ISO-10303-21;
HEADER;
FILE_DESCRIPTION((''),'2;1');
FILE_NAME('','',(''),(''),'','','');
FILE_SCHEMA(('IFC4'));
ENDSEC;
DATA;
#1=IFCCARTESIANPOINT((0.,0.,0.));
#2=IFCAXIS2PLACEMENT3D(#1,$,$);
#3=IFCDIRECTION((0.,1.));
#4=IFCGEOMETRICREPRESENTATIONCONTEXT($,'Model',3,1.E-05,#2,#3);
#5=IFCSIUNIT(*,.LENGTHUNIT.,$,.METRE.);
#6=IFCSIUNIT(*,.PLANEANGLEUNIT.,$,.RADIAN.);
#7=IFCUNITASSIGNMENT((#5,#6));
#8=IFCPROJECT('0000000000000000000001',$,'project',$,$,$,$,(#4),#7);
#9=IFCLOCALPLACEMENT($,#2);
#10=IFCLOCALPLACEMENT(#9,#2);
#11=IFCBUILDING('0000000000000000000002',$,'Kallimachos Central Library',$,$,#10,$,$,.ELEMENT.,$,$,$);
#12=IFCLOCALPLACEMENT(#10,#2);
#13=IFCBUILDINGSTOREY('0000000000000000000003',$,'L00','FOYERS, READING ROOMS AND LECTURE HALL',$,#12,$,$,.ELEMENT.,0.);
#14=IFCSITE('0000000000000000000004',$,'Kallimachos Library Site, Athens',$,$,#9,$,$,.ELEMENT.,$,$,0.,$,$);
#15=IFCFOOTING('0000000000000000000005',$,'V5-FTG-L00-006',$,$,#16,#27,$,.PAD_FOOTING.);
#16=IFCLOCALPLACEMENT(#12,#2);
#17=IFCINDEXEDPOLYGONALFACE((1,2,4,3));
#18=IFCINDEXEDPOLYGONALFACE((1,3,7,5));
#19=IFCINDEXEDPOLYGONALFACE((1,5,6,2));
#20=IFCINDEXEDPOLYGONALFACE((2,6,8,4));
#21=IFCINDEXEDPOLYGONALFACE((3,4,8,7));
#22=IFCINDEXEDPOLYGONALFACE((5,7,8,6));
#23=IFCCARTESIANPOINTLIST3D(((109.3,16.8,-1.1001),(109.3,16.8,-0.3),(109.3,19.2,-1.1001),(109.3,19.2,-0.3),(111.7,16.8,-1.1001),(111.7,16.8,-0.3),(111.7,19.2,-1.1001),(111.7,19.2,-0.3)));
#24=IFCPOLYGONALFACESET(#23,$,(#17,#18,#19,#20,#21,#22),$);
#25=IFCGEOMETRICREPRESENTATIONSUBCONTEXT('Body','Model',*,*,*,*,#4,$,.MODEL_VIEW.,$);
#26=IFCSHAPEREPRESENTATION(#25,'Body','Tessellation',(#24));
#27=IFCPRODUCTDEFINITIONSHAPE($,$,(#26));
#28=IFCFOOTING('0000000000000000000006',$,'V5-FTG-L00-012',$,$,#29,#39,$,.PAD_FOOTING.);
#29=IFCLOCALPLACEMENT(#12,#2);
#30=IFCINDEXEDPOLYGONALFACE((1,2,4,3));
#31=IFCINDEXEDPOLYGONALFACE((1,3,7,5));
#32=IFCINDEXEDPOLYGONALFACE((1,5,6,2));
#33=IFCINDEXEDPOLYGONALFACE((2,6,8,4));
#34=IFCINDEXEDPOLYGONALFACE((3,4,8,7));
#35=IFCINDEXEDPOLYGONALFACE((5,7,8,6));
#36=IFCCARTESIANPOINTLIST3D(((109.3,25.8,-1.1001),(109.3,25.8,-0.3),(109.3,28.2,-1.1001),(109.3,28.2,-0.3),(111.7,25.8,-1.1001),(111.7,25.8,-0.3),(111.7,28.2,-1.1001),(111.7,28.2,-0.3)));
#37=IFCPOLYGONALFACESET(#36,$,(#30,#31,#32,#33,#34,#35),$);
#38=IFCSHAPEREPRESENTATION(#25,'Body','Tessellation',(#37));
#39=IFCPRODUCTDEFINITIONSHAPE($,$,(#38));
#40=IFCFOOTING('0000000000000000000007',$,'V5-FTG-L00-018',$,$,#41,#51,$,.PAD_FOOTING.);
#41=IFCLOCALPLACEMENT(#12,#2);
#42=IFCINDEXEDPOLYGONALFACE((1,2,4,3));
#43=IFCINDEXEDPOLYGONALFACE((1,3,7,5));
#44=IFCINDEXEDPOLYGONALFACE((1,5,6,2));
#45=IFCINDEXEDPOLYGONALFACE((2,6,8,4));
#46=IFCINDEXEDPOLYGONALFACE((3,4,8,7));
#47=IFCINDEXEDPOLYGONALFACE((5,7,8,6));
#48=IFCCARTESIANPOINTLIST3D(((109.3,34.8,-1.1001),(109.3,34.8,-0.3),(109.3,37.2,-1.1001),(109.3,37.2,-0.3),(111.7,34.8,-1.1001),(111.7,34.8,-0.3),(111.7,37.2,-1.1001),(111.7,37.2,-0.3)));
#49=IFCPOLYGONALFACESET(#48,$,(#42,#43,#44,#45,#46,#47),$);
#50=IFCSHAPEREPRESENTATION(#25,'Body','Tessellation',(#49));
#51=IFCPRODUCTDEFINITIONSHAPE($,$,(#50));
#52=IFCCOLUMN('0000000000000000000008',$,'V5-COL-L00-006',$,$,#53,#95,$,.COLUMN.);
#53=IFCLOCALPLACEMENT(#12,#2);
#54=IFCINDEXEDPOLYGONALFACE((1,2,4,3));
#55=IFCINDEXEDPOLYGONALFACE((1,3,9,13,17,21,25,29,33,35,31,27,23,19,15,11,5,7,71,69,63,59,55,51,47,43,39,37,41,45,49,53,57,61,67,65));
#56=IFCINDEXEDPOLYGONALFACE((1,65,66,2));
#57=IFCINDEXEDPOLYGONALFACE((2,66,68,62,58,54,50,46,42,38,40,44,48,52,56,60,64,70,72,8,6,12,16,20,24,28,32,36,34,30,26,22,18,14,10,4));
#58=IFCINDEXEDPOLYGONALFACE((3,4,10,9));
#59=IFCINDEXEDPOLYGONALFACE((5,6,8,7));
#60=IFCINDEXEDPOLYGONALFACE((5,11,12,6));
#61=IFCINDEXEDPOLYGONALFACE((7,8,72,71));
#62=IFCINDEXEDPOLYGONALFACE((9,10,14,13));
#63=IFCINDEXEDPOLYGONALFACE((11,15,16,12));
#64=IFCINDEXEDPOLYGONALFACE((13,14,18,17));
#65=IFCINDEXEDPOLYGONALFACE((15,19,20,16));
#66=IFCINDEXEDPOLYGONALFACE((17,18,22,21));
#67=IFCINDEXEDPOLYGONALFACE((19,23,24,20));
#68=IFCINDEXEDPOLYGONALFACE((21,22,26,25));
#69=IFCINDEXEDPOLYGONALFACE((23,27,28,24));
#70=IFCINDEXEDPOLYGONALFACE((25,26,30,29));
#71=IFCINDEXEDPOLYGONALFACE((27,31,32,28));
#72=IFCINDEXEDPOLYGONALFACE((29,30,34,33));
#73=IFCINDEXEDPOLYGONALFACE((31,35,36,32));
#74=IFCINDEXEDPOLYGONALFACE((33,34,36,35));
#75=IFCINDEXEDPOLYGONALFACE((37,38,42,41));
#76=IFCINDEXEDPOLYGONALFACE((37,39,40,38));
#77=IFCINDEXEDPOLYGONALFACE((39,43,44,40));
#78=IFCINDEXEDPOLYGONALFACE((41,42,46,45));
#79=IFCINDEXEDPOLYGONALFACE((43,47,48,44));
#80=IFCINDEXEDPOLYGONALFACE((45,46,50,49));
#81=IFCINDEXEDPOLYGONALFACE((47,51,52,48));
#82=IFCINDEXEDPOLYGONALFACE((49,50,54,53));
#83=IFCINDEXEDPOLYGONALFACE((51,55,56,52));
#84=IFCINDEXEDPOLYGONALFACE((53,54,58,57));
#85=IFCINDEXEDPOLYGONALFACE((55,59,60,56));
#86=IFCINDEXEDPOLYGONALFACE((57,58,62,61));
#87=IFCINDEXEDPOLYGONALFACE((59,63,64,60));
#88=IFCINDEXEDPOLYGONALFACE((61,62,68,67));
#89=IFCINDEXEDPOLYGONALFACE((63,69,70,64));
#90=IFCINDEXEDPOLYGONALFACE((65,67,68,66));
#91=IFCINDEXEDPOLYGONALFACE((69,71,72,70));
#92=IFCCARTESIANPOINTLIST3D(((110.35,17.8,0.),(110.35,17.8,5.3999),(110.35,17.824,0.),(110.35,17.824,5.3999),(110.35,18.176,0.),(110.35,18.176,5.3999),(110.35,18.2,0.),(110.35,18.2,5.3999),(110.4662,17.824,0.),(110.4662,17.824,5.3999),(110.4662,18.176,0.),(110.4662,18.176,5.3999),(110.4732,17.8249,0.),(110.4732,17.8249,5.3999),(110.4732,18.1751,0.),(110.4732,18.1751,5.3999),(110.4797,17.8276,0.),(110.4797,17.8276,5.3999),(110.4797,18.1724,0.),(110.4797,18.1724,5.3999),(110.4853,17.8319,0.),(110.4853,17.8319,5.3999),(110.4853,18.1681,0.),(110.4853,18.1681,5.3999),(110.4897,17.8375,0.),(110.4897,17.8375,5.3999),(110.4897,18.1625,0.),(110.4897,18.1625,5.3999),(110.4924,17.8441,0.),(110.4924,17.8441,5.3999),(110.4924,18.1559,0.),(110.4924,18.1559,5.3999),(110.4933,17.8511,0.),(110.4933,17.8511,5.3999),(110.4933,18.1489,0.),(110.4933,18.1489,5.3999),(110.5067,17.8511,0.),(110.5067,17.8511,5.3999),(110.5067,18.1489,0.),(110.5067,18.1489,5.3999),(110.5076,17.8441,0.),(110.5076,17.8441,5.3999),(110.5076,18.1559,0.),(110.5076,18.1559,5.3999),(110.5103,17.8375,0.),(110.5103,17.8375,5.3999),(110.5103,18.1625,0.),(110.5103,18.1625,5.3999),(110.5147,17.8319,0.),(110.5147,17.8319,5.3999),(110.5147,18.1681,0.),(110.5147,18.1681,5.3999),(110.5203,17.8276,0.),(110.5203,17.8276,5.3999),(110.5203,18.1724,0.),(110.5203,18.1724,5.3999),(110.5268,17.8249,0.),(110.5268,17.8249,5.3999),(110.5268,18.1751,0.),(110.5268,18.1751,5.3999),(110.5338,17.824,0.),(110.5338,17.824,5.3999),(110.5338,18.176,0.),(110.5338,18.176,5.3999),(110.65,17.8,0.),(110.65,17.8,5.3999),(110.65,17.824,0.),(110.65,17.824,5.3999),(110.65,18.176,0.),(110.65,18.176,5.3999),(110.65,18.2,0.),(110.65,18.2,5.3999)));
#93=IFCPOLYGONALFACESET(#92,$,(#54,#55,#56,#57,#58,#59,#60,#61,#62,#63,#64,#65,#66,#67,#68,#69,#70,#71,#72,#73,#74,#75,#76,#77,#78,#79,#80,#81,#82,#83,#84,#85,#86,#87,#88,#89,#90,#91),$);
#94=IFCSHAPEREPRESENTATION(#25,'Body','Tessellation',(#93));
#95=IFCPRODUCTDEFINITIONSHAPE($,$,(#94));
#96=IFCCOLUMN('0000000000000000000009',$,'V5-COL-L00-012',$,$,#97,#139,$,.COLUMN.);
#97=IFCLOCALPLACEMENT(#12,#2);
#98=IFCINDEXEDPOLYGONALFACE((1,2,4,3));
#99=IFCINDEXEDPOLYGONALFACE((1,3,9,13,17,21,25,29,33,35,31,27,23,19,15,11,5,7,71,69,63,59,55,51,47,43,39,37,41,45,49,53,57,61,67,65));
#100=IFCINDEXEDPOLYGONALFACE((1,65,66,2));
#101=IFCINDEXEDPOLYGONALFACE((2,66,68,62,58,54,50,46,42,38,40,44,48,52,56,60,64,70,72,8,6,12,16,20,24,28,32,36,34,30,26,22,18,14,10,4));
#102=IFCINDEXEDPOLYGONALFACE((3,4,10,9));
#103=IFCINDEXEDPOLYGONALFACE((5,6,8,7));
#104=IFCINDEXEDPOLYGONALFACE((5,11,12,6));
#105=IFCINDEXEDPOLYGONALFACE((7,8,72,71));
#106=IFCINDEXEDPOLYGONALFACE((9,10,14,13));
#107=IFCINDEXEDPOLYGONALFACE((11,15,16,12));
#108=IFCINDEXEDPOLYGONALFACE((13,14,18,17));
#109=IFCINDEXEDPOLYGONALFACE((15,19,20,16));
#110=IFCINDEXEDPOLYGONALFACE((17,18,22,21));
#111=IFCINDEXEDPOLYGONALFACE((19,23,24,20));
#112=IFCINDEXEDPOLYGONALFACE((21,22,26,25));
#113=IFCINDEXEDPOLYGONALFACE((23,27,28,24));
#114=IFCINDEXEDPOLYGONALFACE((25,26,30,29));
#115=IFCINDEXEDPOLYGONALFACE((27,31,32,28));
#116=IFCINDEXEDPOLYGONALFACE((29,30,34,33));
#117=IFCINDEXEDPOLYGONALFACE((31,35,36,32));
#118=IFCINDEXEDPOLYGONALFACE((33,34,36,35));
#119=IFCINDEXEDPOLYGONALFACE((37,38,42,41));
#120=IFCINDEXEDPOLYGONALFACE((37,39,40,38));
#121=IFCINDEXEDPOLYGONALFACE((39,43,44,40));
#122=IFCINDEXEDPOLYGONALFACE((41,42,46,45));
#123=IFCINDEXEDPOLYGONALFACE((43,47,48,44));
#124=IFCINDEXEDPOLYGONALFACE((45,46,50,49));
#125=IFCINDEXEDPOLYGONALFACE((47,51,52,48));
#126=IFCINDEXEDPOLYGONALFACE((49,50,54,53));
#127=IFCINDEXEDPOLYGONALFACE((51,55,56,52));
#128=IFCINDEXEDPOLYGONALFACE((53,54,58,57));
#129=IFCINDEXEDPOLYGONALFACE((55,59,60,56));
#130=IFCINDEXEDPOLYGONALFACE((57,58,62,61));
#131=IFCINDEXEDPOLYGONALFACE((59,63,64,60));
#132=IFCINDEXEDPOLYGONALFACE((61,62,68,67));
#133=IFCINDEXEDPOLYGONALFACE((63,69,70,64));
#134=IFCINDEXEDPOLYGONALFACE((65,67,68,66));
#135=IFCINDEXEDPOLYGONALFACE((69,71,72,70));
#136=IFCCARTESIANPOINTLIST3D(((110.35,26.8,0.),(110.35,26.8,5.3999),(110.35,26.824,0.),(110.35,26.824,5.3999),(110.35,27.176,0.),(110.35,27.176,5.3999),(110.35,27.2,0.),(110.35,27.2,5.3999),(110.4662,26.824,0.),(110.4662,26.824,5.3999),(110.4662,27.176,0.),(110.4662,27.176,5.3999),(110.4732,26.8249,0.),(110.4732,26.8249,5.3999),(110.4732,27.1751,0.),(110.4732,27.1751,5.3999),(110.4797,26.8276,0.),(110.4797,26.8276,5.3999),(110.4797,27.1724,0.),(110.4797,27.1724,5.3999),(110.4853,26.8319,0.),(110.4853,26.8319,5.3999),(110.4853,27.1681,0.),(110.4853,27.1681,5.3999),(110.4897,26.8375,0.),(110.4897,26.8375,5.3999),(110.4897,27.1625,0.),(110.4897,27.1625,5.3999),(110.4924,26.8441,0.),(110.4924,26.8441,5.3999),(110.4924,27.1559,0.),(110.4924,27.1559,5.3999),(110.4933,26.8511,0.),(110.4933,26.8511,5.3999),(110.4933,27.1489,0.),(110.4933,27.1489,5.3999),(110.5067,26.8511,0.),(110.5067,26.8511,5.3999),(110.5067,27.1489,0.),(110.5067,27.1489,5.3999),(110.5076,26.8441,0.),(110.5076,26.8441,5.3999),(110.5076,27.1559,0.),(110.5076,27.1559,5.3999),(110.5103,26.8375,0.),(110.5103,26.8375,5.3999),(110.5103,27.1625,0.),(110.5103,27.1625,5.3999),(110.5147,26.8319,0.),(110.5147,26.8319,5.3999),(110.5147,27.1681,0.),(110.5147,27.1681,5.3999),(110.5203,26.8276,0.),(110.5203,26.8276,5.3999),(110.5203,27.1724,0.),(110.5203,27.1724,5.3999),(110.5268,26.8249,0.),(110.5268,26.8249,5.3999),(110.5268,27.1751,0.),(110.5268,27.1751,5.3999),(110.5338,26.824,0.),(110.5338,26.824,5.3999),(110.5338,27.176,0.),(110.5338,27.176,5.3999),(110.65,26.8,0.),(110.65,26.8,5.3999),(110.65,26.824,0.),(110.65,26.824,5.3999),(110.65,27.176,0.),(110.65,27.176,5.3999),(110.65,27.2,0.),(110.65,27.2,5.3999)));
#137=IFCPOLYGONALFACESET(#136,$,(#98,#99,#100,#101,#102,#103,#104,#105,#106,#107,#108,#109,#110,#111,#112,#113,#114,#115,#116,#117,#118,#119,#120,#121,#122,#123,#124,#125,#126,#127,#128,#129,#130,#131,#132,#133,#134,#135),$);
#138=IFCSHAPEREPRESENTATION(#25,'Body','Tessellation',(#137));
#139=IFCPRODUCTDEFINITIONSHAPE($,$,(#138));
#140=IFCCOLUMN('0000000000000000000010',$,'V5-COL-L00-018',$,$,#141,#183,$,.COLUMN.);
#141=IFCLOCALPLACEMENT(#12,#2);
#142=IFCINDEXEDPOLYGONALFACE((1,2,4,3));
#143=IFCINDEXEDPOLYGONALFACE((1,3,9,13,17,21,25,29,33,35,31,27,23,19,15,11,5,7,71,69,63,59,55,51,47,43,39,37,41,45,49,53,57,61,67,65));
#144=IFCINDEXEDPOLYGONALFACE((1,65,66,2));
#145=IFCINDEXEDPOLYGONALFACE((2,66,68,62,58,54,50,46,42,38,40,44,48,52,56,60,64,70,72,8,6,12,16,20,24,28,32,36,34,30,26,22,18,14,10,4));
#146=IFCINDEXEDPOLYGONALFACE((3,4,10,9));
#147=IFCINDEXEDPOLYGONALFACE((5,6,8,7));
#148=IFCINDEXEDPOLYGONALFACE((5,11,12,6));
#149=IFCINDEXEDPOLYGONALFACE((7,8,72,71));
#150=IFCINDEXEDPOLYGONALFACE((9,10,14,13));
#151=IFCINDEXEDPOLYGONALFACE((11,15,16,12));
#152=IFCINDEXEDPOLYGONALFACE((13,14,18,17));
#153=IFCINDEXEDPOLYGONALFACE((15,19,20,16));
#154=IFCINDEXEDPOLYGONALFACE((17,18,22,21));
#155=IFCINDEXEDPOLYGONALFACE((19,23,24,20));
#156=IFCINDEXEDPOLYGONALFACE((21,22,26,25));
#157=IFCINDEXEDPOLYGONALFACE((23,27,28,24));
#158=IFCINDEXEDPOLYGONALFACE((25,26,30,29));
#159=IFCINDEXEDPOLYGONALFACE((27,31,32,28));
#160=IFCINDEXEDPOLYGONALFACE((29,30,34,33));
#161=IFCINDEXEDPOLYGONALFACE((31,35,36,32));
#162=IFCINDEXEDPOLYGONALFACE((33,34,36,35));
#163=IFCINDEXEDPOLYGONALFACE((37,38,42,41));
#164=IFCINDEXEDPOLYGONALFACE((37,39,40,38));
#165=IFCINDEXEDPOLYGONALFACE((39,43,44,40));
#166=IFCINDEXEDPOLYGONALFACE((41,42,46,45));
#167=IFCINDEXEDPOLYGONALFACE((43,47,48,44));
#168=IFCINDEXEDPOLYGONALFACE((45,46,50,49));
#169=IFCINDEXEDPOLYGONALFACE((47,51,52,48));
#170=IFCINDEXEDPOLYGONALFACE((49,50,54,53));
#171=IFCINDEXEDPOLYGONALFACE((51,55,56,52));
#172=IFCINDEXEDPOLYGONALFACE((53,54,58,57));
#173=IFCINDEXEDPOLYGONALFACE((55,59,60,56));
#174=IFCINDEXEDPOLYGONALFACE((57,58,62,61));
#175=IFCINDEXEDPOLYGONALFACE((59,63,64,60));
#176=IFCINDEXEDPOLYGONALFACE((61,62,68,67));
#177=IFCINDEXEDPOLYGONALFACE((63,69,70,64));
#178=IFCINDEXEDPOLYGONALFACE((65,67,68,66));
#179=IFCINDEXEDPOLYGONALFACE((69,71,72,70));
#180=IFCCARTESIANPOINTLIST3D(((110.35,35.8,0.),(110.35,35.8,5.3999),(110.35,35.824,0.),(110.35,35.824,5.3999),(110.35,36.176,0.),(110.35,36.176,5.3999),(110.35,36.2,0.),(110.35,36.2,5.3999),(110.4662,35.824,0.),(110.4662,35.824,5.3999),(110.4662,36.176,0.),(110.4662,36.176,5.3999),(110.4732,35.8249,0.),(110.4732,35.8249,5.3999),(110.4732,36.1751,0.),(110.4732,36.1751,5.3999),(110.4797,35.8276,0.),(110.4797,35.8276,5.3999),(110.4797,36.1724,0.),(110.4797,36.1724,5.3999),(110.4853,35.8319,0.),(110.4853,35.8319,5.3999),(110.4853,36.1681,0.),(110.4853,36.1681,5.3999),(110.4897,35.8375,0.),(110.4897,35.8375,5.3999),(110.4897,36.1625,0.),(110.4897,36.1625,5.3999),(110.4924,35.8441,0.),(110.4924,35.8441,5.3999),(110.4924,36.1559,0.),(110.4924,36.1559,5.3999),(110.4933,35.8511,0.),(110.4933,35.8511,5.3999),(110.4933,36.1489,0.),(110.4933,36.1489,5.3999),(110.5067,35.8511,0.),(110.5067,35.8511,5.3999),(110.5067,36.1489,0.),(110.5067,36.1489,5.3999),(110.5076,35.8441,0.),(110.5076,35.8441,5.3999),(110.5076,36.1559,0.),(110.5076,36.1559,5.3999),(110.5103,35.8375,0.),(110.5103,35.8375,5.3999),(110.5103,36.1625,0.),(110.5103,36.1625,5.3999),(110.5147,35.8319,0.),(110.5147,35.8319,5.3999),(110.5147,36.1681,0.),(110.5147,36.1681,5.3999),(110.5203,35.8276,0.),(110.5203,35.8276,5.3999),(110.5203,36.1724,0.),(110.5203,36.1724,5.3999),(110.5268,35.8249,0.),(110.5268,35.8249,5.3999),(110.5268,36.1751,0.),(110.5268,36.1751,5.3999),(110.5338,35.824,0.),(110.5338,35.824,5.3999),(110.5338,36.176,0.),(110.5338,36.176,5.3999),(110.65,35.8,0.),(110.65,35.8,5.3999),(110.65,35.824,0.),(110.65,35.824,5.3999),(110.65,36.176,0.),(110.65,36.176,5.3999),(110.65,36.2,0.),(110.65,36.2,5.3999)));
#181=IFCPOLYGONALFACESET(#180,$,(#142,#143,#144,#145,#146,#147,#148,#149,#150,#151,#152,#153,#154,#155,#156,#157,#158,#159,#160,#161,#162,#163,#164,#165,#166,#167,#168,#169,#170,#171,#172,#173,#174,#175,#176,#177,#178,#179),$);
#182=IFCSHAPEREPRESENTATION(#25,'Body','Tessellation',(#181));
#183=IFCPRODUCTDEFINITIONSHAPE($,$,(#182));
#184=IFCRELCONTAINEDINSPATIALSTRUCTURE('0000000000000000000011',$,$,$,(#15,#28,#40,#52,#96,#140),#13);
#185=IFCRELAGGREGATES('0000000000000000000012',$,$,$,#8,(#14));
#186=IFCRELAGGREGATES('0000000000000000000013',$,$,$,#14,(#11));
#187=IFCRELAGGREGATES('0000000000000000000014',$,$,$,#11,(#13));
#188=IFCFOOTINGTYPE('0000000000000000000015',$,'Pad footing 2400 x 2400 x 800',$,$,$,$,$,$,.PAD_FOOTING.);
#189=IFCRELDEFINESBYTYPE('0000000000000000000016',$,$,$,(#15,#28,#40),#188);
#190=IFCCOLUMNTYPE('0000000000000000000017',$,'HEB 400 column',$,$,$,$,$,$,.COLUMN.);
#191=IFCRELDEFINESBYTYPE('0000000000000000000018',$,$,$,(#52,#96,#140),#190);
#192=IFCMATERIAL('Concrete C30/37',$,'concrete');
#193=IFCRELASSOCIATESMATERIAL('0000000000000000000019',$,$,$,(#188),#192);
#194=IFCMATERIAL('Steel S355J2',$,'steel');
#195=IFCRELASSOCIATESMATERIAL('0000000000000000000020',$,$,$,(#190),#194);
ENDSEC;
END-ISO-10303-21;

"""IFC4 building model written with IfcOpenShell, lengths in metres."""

from ifc_helpers import new_model, si_unit, direction, frame, origin, origin_2d, place, context, subcontext, project, spatial, rectangle, i_section, extrude, material, material_profile, profile_set, type_object, element, save


model = new_model("IFC4")

# Units and contexts
model_context = context("Model", 3, precision=1e-05, world=origin(), true_north=direction((0.0, 1.0)))
body_context = subcontext(model_context, "Body", "Model", "MODEL_VIEW")
ifc_project = project(units=[si_unit("LENGTHUNIT", "METRE"), si_unit("PLANEANGLEUNIT", "RADIAN")], contexts=[model_context])

# Site, building, storey
site_placement = place(None, origin())
site = spatial("IfcSite", under=ifc_project, at=site_placement, Name="Kallimachos Library Site, Athens", CompositionType="ELEMENT", RefElevation=0.0)
building_placement = place(site_placement, origin())
building = spatial("IfcBuilding", under=site, at=building_placement, Name="Kallimachos Central Library", CompositionType="ELEMENT")
storey_placement = place(building_placement, origin())
storey = spatial("IfcBuildingStorey", under=building, at=storey_placement, Name="L00", Description="FOYERS, READING ROOMS AND LECTURE HALL", CompositionType="ELEMENT", Elevation=0.0)

# Footings
ifc_material_1 = material(Name="Concrete C30/37", Category="concrete")
footing_type = type_object("IfcFootingType", Name="Pad footing 2400 x 2400 x 800", PredefinedType="PAD_FOOTING", material=ifc_material_1)
for number, where, z_axis, x_axis, name in (
    (1, (110.5, 18.0, -1.1001), (0.0, 0.0, 1.0), (1.0, 0.0, 0.0), "V5-FTG-L00-006"),
    (2, (110.5, 27.0, -1.1001), (0.0, 0.0, 1.0), (1.0, 0.0, 0.0), "V5-FTG-L00-012"),
    (3, (110.5, 36.0, -1.1001), (0.0, 0.0, 1.0), (1.0, 0.0, 0.0), "V5-FTG-L00-018"),
):
    element("IfcFooting", number, at=place(storey_placement, frame(where, z_axis=z_axis, x_axis=x_axis)), inside=storey, type_object=footing_type, Name=name, PredefinedType="PAD_FOOTING", context=body_context, shape_type="SweptSolid", body=[
        extrude(rectangle(XDim=2.3999, YDim=2.3999, at=origin_2d()), origin(), (0.0, 0.0, 1.0), 0.8),
    ])

# Columns
ifc_material_2 = material(Name="Steel S355J2", Category="steel")
ifc_material_profile = material_profile(ifc_material_2, i_section(OverallWidth=0.3, OverallDepth=0.3999, WebThickness=0.0134, FlangeThickness=0.0239, FilletRadius=0.0271, at=origin_2d()), Name="HEB 400")
ifc_profile_set = profile_set([ifc_material_profile], Name="Steel S355J2")
column_type = type_object("IfcColumnType", Name="HEB 400 column", PredefinedType="COLUMN", material=ifc_profile_set)
for number, where, z_axis, x_axis, name in (
    (4, (110.5, 18.0, 0.0), (0.0, 0.0, 1.0), (1.0, 0.0, 0.0), "V5-COL-L00-006"),
    (5, (110.5, 27.0, 0.0), (0.0, 0.0, 1.0), (1.0, 0.0, 0.0), "V5-COL-L00-012"),
    (6, (110.5, 36.0, 0.0), (0.0, 0.0, 1.0), (1.0, 0.0, 0.0), "V5-COL-L00-018"),
):
    element("IfcColumn", number, at=place(storey_placement, frame(where, z_axis=z_axis, x_axis=x_axis)), inside=storey, type_object=column_type, Name=name, PredefinedType="COLUMN", context=body_context, shape_type="SweptSolid", body=[
        extrude(i_section(OverallWidth=0.3, OverallDepth=0.3999, WebThickness=0.0134, FlangeThickness=0.0239, FilletRadius=0.0271, at=origin_2d()), origin(), (0.0, 0.0, 1.0), 5.3999),
    ])

save(model, "model.ifc")
